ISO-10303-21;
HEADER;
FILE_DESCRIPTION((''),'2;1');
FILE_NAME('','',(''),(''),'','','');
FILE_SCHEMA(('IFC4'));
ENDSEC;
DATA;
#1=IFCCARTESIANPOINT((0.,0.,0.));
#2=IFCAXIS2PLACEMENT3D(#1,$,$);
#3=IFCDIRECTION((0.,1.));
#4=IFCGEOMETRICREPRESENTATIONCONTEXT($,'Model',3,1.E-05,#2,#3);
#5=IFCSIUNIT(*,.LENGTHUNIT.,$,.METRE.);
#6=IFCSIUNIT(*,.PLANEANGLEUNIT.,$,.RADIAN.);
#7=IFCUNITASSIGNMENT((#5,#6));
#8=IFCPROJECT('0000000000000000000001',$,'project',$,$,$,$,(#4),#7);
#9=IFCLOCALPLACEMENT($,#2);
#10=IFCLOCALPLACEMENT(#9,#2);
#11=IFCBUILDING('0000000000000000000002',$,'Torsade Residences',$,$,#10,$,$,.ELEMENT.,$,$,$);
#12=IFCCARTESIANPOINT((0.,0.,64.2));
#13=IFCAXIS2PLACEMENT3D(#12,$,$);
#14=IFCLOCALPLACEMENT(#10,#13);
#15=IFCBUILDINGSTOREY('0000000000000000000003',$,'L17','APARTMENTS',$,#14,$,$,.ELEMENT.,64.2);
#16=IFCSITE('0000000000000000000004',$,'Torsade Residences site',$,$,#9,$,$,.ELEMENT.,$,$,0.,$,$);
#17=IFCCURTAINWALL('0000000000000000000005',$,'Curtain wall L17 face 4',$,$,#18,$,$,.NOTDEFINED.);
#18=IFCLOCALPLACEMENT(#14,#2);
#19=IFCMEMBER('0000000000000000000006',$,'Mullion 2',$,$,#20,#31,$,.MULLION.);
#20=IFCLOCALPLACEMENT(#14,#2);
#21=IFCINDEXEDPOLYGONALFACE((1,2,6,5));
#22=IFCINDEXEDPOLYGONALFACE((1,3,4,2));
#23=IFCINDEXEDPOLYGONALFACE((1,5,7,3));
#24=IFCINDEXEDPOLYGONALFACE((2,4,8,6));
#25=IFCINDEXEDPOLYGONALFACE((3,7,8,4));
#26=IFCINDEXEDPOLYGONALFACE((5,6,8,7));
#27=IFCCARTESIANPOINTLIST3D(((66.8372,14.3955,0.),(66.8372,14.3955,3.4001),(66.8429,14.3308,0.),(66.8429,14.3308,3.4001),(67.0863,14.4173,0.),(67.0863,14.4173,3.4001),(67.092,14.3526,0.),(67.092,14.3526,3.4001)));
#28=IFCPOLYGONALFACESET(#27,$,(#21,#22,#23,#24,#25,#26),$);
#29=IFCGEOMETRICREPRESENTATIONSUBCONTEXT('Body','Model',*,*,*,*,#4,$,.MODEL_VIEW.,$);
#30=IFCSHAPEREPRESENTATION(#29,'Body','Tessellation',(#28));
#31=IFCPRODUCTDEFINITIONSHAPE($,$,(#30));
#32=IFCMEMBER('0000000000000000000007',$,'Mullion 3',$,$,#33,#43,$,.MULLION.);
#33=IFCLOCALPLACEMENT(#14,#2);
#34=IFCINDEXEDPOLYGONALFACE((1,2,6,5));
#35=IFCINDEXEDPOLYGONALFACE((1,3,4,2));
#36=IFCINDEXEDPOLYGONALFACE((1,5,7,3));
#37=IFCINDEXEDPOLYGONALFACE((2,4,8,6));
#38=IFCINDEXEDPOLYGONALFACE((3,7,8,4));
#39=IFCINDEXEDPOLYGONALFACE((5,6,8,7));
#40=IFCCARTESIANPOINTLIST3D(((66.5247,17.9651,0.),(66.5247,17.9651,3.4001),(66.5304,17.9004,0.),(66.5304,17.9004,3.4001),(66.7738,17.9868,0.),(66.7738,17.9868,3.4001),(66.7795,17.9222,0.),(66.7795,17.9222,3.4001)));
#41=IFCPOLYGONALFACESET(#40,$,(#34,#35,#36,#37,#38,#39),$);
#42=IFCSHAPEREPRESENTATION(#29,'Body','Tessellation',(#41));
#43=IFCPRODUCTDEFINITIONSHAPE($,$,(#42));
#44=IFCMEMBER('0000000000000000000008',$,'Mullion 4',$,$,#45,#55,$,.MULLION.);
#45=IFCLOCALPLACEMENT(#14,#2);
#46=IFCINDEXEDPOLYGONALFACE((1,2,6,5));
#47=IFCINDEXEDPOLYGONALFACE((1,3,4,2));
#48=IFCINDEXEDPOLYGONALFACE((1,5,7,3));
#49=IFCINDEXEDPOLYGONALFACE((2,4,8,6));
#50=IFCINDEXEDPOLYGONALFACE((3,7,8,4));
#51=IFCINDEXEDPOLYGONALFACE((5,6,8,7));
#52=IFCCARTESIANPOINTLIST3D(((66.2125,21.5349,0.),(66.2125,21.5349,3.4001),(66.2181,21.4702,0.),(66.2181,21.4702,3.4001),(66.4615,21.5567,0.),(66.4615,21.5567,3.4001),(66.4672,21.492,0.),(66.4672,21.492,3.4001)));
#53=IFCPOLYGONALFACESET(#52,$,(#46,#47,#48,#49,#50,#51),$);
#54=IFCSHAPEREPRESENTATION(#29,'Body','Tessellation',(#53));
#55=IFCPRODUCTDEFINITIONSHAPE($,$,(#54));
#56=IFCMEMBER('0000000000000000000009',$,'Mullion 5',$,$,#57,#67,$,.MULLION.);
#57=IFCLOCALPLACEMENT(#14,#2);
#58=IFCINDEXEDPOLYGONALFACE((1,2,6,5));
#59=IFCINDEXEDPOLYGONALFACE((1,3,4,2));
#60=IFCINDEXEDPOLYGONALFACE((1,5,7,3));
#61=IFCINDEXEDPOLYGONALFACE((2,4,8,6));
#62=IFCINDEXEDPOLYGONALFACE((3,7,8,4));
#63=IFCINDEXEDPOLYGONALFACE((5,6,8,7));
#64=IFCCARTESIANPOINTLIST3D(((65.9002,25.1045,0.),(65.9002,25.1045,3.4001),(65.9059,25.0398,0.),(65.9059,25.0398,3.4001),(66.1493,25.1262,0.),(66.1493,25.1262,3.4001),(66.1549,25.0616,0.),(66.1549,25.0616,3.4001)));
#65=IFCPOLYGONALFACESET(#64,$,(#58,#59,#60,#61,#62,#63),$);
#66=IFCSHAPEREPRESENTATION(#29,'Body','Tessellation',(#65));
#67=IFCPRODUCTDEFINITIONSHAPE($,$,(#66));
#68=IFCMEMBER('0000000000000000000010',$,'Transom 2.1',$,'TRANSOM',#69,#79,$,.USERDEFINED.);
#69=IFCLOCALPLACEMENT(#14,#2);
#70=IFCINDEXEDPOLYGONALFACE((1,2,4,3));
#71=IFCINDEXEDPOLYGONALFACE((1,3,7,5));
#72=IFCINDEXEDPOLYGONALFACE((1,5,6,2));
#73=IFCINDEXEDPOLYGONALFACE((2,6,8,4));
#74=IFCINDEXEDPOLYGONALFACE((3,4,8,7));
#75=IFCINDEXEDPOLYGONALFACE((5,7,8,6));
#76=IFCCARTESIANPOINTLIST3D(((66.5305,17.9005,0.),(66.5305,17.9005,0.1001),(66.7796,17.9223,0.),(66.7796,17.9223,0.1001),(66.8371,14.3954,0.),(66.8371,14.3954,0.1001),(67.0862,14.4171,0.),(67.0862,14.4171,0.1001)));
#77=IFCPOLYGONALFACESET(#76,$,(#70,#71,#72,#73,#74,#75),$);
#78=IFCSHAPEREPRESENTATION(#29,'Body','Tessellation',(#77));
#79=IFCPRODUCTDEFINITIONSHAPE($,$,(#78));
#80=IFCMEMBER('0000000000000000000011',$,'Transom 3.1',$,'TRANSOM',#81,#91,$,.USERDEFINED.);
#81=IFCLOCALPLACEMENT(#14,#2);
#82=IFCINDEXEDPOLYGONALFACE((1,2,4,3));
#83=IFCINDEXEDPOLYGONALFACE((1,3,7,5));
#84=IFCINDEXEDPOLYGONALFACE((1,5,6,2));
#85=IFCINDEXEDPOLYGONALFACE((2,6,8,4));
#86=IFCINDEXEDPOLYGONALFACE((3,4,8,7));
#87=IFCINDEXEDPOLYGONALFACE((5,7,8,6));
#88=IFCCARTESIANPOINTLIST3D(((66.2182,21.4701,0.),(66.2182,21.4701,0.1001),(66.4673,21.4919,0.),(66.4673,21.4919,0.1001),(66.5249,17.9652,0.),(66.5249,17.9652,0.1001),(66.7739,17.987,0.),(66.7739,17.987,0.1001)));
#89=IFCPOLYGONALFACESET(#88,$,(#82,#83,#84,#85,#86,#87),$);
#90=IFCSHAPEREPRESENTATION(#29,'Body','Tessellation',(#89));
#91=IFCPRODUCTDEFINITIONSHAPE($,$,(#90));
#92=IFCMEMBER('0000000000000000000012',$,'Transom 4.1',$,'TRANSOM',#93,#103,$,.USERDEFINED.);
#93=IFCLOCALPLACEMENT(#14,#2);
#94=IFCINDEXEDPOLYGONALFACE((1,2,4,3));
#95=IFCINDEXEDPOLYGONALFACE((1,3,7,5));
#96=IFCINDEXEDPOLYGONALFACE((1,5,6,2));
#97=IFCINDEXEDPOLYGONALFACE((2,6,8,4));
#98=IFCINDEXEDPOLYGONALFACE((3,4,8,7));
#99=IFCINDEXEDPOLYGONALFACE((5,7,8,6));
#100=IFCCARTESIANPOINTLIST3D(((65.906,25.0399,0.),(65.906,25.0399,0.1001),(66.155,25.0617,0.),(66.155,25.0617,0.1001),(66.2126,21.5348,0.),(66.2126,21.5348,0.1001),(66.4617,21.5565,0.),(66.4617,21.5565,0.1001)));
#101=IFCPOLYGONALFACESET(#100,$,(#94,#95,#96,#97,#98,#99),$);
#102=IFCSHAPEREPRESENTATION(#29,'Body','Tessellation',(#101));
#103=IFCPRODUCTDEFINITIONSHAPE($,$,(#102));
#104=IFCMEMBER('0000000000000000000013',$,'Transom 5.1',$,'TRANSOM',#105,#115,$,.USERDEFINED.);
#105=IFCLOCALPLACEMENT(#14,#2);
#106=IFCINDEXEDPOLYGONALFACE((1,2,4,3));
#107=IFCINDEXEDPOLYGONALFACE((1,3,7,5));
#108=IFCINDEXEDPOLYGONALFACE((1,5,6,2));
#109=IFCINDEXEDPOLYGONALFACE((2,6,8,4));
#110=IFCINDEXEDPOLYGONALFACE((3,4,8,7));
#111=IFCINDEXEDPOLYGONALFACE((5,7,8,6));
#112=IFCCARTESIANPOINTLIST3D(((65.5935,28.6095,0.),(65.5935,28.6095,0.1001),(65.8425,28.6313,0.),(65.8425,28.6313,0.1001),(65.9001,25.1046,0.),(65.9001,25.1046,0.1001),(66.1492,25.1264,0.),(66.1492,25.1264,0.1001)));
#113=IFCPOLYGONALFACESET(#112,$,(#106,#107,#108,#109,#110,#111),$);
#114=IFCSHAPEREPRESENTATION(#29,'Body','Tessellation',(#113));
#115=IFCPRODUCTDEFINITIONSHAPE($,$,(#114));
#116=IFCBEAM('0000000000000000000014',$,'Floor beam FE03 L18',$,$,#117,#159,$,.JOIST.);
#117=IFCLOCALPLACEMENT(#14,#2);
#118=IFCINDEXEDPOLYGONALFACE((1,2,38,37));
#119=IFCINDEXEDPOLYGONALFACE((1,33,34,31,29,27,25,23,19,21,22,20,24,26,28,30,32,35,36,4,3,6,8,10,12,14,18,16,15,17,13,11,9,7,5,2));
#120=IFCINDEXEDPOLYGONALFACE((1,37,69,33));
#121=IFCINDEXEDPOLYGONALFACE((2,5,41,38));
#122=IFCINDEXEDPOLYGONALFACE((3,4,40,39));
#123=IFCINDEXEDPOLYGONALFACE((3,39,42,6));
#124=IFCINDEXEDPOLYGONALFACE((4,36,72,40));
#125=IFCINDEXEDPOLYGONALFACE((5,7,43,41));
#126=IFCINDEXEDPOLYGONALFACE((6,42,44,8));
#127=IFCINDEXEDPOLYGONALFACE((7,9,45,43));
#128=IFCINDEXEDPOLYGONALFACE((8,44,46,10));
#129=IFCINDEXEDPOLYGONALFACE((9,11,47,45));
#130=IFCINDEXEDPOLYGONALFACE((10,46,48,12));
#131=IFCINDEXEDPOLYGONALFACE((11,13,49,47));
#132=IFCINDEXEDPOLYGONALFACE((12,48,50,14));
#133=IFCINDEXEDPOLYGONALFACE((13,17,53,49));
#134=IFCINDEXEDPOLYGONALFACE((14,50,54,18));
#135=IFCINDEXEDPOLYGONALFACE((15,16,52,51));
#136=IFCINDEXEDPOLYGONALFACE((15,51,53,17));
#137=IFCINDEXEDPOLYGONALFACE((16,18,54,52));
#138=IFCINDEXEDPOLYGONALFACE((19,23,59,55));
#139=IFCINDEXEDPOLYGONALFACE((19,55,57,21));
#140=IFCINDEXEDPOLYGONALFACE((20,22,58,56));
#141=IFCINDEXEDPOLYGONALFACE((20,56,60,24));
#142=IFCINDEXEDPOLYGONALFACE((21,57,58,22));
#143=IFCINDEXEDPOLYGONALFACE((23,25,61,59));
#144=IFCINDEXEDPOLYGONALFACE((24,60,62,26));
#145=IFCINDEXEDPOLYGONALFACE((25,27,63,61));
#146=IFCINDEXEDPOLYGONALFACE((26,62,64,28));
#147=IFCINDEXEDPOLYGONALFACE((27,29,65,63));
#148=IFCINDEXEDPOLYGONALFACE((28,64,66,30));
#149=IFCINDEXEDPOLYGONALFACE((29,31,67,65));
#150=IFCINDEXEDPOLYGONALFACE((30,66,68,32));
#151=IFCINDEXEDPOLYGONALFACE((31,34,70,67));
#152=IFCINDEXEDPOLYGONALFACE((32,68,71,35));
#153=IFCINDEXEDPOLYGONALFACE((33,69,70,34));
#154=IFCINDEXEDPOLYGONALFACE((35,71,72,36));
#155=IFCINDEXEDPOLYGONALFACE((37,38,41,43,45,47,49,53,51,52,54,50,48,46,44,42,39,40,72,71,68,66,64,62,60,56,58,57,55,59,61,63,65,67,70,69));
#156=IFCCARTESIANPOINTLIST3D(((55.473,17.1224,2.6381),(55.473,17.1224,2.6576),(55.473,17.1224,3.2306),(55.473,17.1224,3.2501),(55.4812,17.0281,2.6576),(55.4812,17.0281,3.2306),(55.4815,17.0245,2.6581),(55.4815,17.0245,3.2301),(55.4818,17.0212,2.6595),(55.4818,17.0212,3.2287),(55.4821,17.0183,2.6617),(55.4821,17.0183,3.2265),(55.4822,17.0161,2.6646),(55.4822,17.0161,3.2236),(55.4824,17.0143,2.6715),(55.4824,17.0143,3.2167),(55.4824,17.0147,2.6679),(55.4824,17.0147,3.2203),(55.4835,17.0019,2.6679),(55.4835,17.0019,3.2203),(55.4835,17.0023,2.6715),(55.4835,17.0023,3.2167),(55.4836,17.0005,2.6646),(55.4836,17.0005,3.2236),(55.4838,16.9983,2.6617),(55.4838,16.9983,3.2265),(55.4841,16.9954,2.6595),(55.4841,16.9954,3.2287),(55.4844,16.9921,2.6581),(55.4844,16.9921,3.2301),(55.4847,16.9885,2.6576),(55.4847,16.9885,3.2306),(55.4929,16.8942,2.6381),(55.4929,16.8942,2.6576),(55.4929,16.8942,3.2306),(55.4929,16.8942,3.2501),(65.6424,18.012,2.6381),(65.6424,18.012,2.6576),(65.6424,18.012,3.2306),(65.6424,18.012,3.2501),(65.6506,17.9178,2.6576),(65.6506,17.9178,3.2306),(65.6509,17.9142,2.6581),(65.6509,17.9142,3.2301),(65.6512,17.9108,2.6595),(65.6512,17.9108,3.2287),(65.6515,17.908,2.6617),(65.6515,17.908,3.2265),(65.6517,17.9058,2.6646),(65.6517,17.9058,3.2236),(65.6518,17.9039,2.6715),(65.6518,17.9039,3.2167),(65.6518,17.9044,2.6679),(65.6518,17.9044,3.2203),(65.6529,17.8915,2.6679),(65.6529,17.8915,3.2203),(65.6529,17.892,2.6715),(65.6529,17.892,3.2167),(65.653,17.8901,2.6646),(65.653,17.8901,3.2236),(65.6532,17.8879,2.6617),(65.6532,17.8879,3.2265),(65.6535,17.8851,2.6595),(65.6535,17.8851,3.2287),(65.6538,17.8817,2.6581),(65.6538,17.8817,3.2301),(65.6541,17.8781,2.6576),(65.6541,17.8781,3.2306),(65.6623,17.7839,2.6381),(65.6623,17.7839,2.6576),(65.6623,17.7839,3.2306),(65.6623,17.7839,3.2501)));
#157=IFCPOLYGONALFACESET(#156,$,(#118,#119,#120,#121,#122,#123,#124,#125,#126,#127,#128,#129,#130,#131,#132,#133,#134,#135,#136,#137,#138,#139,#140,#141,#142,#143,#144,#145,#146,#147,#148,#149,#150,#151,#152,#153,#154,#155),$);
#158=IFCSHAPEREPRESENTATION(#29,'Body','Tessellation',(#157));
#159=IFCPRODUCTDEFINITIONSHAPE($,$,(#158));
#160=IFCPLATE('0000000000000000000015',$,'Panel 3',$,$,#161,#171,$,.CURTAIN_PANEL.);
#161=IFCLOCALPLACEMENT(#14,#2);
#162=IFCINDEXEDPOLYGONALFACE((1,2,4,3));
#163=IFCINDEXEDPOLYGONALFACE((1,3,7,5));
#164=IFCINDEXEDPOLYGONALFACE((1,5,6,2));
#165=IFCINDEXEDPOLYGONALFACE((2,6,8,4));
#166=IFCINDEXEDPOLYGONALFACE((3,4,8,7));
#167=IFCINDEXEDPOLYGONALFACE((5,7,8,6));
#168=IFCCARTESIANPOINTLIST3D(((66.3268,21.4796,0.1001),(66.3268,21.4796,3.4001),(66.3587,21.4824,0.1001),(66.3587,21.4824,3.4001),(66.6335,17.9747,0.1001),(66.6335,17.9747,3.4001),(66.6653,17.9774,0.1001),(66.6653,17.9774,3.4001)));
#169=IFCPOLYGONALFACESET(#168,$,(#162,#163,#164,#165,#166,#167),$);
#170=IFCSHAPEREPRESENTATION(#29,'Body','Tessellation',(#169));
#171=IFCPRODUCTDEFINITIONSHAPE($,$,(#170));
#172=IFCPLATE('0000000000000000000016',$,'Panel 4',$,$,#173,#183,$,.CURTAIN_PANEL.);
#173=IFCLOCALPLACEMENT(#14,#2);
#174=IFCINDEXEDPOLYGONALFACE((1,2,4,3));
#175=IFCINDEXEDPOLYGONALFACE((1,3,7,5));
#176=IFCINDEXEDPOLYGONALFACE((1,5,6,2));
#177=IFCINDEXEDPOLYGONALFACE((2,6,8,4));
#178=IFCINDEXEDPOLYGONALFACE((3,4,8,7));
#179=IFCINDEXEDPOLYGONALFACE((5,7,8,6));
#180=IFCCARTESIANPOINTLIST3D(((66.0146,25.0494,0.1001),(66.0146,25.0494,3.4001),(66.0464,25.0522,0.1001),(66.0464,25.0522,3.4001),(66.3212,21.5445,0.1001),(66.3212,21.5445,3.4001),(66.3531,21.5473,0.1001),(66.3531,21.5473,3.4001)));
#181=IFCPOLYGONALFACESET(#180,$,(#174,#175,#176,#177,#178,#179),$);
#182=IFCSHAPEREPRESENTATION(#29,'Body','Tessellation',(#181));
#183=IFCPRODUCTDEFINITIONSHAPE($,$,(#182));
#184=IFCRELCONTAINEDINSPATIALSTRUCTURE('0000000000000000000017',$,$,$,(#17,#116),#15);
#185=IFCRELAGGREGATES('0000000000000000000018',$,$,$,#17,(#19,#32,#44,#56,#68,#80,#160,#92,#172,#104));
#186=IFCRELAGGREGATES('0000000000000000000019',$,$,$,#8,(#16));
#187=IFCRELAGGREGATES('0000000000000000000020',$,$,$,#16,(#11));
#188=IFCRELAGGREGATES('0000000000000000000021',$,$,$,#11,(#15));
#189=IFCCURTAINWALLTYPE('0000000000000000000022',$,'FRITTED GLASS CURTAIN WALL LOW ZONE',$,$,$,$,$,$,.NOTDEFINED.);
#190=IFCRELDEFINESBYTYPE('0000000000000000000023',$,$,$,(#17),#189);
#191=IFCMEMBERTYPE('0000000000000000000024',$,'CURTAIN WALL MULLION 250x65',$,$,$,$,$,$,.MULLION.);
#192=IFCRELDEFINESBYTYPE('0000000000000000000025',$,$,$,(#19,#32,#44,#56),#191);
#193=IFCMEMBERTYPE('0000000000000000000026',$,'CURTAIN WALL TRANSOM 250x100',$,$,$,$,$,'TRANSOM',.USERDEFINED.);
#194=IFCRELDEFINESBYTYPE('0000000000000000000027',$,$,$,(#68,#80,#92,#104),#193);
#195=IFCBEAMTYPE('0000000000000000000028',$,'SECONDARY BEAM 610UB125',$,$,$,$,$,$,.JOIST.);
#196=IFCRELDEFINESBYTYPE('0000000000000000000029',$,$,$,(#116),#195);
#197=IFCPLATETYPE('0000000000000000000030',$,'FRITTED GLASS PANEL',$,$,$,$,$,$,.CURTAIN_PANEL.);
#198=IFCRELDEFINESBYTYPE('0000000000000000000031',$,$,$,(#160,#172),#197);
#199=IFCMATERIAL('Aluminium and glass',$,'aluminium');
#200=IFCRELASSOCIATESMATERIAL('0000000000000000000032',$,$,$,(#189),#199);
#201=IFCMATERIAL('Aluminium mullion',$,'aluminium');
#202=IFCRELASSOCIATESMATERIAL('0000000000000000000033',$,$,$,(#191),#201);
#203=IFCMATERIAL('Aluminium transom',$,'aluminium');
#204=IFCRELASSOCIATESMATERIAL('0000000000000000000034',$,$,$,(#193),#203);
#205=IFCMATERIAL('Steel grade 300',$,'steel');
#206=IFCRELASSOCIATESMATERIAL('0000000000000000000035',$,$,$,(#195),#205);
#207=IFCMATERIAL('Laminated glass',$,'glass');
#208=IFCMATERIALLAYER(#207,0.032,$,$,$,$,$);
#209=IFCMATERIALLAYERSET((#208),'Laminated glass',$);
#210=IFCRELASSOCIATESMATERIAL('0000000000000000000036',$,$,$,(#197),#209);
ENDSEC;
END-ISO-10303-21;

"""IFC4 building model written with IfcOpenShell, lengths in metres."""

from ifc_helpers import new_model, si_unit, direction, frame, origin, origin_2d, place, context, subcontext, project, spatial, rectangle, i_section, extrude, material, layer, layer_set, material_profile, profile_set, type_object, element, aggregate, save


model = new_model("IFC4")

# Units and contexts
model_context = context("Model", 3, precision=1e-05, world=origin(), true_north=direction((0.0, 1.0)))
body_context = subcontext(model_context, "Body", "Model", "MODEL_VIEW")
ifc_project = project(units=[si_unit("LENGTHUNIT", "METRE"), si_unit("PLANEANGLEUNIT", "RADIAN")], contexts=[model_context])

# Site, building, storey
site_placement = place(None, origin())
site = spatial("IfcSite", under=ifc_project, at=site_placement, Name="Torsade Residences site", CompositionType="ELEMENT", RefElevation=0.0)
building_placement = place(site_placement, origin())
building = spatial("IfcBuilding", under=site, at=building_placement, Name="Torsade Residences", CompositionType="ELEMENT")
storey_placement = place(building_placement, frame((0.0, 0.0, 64.2)))
storey = spatial("IfcBuildingStorey", under=building, at=storey_placement, Name="L17", Description="APARTMENTS", CompositionType="ELEMENT", Elevation=64.2)

# Curtain wall, members
ifc_material_1 = material(Name="Aluminium and glass", Category="aluminium")
curtain_wall_type = type_object("IfcCurtainWallType", Name="FRITTED GLASS CURTAIN WALL LOW ZONE", PredefinedType="NOTDEFINED", material=ifc_material_1)
curtain_wall_placement = place(storey_placement, origin())
curtain_wall = element("IfcCurtainWall", 1, at=curtain_wall_placement, inside=storey, type_object=curtain_wall_type, Name="Curtain wall L17 face 4", PredefinedType="NOTDEFINED")
ifc_material_2 = material(Name="Aluminium mullion", Category="aluminium")
ifc_material_profile_1 = material_profile(ifc_material_2, rectangle(XDim=0.25, YDim=0.0649, at=origin_2d()), Name="CURTAIN WALL MULLION 250x65")
ifc_profile_set_1 = profile_set([ifc_material_profile_1], Name="Aluminium mullion")
member_type_1 = type_object("IfcMemberType", Name="CURTAIN WALL MULLION 250x65", PredefinedType="MULLION", material=ifc_profile_set_1)
member_1_placement = place(storey_placement, frame((66.9646, 14.374, 0.0), z_axis=(0.0, 0.0, 1.0), x_axis=(-0.996195, -0.087156, 0.0)))
member_1 = element("IfcMember", 2, at=member_1_placement, type_object=member_type_1, Name="Mullion 2", PredefinedType="MULLION", context=body_context, shape_type="SweptSolid", body=[
    extrude(rectangle(XDim=0.25, YDim=0.0649, at=origin_2d()), origin(), (0.0, 0.0, 1.0), 3.4001),
])
member_2_placement = place(storey_placement, frame((66.6521, 17.9436, 0.0), z_axis=(0.0, 0.0, 1.0), x_axis=(-0.996195, -0.087156, 0.0)))
member_2 = element("IfcMember", 3, at=member_2_placement, type_object=member_type_1, Name="Mullion 3", PredefinedType="MULLION", context=body_context, shape_type="SweptSolid", body=[
    extrude(rectangle(XDim=0.25, YDim=0.0649, at=origin_2d()), origin(), (0.0, 0.0, 1.0), 3.4001),
])
member_3_placement = place(storey_placement, frame((66.3398, 21.5134, 0.0), z_axis=(0.0, 0.0, 1.0), x_axis=(-0.996195, -0.087156, 0.0)))
member_3 = element("IfcMember", 4, at=member_3_placement, type_object=member_type_1, Name="Mullion 4", PredefinedType="MULLION", context=body_context, shape_type="SweptSolid", body=[
    extrude(rectangle(XDim=0.25, YDim=0.0649, at=origin_2d()), origin(), (0.0, 0.0, 1.0), 3.4001),
])
member_4_placement = place(storey_placement, frame((66.0276, 25.083, 0.0), z_axis=(0.0, 0.0, 1.0), x_axis=(-0.996195, -0.087156, 0.0)))
member_4 = element("IfcMember", 5, at=member_4_placement, type_object=member_type_1, Name="Mullion 5", PredefinedType="MULLION", context=body_context, shape_type="SweptSolid", body=[
    extrude(rectangle(XDim=0.25, YDim=0.0649, at=origin_2d()), origin(), (0.0, 0.0, 1.0), 3.4001),
])
ifc_material_3 = material(Name="Aluminium transom", Category="aluminium")
ifc_material_profile_2 = material_profile(ifc_material_3, rectangle(XDim=0.25, YDim=0.1001, at=origin_2d()), Name="CURTAIN WALL TRANSOM 250x100")
ifc_profile_set_2 = profile_set([ifc_material_profile_2], Name="Aluminium transom")
member_type_2 = type_object("IfcMemberType", Name="CURTAIN WALL TRANSOM 250x100", ElementType="TRANSOM", PredefinedType="USERDEFINED", material=ifc_profile_set_2)
member_5_placement = place(storey_placement, frame((66.9617, 14.4062, 0.05), z_axis=(-0.087151, 0.996195, 0.0), x_axis=(-0.996195, -0.087151, 0.0)))
member_5 = element("IfcMember", 6, at=member_5_placement, type_object=member_type_2, Name="Transom 2.1", ObjectType="TRANSOM", PredefinedType="USERDEFINED", context=body_context, shape_type="SweptSolid", body=[
    extrude(rectangle(XDim=0.25, YDim=0.1001, at=origin_2d()), origin(), (0.0, 0.0, 1.0), 3.5186),
])
member_6_placement = place(storey_placement, frame((66.6494, 17.9761, 0.05), z_axis=(-0.087157, 0.996195, 0.0), x_axis=(-0.996195, -0.087157, 0.0)))
member_6 = element("IfcMember", 7, at=member_6_placement, type_object=member_type_2, Name="Transom 3.1", ObjectType="TRANSOM", PredefinedType="USERDEFINED", context=body_context, shape_type="SweptSolid", body=[
    extrude(rectangle(XDim=0.25, YDim=0.1001, at=origin_2d()), origin(), (0.0, 0.0, 1.0), 3.5183),
])
member_7_placement = place(storey_placement, frame((66.3372, 21.5457, 0.05), z_axis=(-0.087151, 0.996195, 0.0), x_axis=(-0.996195, -0.087151, 0.0)))
member_7 = element("IfcMember", 8, at=member_7_placement, type_object=member_type_2, Name="Transom 4.1", ObjectType="TRANSOM", PredefinedType="USERDEFINED", context=body_context, shape_type="SweptSolid", body=[
    extrude(rectangle(XDim=0.25, YDim=0.1001, at=origin_2d()), origin(), (0.0, 0.0, 1.0), 3.5186),
])
member_8_placement = place(storey_placement, frame((66.0247, 25.1155, 0.05), z_axis=(-0.087157, 0.996195, 0.0), x_axis=(-0.996195, -0.087157, 0.0)))
member_8 = element("IfcMember", 9, at=member_8_placement, type_object=member_type_2, Name="Transom 5.1", ObjectType="TRANSOM", PredefinedType="USERDEFINED", context=body_context, shape_type="SweptSolid", body=[
    extrude(rectangle(XDim=0.25, YDim=0.1001, at=origin_2d()), origin(), (0.0, 0.0, 1.0), 3.5183),
])

# Beam
ifc_material_4 = material(Name="Steel grade 300", Category="steel")
ifc_material_profile_3 = material_profile(ifc_material_4, i_section(OverallWidth=0.229, OverallDepth=0.6121, WebThickness=0.012, FlangeThickness=0.0195, FilletRadius=0.0139, at=origin_2d()), Name="610UB125")
ifc_profile_set_3 = profile_set([ifc_material_profile_3], Name="Steel grade 300")
beam_type = type_object("IfcBeamType", Name="SECONDARY BEAM 610UB125", PredefinedType="JOIST", material=ifc_profile_set_3)
beam_placement = place(storey_placement, frame((65.6523, 17.8979, 2.9441), z_axis=(-0.996195, -0.08715, 0.0), x_axis=(0.08715, -0.996195, 0.0)))
element("IfcBeam", 10, at=beam_placement, inside=storey, type_object=beam_type, Name="Floor beam FE03 L18", PredefinedType="JOIST", context=body_context, shape_type="SweptSolid", body=[
    extrude(i_section(OverallWidth=0.229, OverallDepth=0.6121, WebThickness=0.012, FlangeThickness=0.0195, FilletRadius=0.0139, at=origin_2d()), origin(), (0.0, 0.0, 1.0), 10.2083),
])

# Plates
ifc_material_5 = material(Name="Laminated glass", Category="glass")
ifc_layer_1 = layer(ifc_material_5, 0.032)
ifc_layer_set_1 = layer_set([ifc_layer_1], Name="Laminated glass")
plate_type_1 = type_object("IfcPlateType", Name="FRITTED GLASS PANEL", PredefinedType="CURTAIN_PANEL", material=ifc_layer_set_1)
plate_1_placement = place(storey_placement, frame((66.4961, 19.7285, 0.1001), z_axis=(0.0, 0.0, 1.0), x_axis=(-0.087156, 0.996195, 0.0)))
plate_1 = element("IfcPlate", 11, at=plate_1_placement, type_object=plate_type_1, Name="Panel 3", PredefinedType="CURTAIN_PANEL", context=body_context, shape_type="SweptSolid", body=[
    extrude(rectangle(XDim=3.5183, YDim=0.032, at=origin_2d()), origin(), (0.0, 0.0, 1.0), 3.3),
])
plate_2_placement = place(storey_placement, frame((66.1838, 23.2983, 0.1001), z_axis=(0.0, 0.0, 1.0), x_axis=(-0.087156, 0.996195, 0.0)))
plate_2 = element("IfcPlate", 12, at=plate_2_placement, type_object=plate_type_1, Name="Panel 4", PredefinedType="CURTAIN_PANEL", context=body_context, shape_type="SweptSolid", body=[
    extrude(rectangle(XDim=3.5183, YDim=0.032, at=origin_2d()), origin(), (0.0, 0.0, 1.0), 3.3),
])
aggregate(curtain_wall, [member_1, member_2, member_3, member_4, member_5, member_6, plate_1, member_7, plate_2, member_8])

save(model, "model.ifc")
